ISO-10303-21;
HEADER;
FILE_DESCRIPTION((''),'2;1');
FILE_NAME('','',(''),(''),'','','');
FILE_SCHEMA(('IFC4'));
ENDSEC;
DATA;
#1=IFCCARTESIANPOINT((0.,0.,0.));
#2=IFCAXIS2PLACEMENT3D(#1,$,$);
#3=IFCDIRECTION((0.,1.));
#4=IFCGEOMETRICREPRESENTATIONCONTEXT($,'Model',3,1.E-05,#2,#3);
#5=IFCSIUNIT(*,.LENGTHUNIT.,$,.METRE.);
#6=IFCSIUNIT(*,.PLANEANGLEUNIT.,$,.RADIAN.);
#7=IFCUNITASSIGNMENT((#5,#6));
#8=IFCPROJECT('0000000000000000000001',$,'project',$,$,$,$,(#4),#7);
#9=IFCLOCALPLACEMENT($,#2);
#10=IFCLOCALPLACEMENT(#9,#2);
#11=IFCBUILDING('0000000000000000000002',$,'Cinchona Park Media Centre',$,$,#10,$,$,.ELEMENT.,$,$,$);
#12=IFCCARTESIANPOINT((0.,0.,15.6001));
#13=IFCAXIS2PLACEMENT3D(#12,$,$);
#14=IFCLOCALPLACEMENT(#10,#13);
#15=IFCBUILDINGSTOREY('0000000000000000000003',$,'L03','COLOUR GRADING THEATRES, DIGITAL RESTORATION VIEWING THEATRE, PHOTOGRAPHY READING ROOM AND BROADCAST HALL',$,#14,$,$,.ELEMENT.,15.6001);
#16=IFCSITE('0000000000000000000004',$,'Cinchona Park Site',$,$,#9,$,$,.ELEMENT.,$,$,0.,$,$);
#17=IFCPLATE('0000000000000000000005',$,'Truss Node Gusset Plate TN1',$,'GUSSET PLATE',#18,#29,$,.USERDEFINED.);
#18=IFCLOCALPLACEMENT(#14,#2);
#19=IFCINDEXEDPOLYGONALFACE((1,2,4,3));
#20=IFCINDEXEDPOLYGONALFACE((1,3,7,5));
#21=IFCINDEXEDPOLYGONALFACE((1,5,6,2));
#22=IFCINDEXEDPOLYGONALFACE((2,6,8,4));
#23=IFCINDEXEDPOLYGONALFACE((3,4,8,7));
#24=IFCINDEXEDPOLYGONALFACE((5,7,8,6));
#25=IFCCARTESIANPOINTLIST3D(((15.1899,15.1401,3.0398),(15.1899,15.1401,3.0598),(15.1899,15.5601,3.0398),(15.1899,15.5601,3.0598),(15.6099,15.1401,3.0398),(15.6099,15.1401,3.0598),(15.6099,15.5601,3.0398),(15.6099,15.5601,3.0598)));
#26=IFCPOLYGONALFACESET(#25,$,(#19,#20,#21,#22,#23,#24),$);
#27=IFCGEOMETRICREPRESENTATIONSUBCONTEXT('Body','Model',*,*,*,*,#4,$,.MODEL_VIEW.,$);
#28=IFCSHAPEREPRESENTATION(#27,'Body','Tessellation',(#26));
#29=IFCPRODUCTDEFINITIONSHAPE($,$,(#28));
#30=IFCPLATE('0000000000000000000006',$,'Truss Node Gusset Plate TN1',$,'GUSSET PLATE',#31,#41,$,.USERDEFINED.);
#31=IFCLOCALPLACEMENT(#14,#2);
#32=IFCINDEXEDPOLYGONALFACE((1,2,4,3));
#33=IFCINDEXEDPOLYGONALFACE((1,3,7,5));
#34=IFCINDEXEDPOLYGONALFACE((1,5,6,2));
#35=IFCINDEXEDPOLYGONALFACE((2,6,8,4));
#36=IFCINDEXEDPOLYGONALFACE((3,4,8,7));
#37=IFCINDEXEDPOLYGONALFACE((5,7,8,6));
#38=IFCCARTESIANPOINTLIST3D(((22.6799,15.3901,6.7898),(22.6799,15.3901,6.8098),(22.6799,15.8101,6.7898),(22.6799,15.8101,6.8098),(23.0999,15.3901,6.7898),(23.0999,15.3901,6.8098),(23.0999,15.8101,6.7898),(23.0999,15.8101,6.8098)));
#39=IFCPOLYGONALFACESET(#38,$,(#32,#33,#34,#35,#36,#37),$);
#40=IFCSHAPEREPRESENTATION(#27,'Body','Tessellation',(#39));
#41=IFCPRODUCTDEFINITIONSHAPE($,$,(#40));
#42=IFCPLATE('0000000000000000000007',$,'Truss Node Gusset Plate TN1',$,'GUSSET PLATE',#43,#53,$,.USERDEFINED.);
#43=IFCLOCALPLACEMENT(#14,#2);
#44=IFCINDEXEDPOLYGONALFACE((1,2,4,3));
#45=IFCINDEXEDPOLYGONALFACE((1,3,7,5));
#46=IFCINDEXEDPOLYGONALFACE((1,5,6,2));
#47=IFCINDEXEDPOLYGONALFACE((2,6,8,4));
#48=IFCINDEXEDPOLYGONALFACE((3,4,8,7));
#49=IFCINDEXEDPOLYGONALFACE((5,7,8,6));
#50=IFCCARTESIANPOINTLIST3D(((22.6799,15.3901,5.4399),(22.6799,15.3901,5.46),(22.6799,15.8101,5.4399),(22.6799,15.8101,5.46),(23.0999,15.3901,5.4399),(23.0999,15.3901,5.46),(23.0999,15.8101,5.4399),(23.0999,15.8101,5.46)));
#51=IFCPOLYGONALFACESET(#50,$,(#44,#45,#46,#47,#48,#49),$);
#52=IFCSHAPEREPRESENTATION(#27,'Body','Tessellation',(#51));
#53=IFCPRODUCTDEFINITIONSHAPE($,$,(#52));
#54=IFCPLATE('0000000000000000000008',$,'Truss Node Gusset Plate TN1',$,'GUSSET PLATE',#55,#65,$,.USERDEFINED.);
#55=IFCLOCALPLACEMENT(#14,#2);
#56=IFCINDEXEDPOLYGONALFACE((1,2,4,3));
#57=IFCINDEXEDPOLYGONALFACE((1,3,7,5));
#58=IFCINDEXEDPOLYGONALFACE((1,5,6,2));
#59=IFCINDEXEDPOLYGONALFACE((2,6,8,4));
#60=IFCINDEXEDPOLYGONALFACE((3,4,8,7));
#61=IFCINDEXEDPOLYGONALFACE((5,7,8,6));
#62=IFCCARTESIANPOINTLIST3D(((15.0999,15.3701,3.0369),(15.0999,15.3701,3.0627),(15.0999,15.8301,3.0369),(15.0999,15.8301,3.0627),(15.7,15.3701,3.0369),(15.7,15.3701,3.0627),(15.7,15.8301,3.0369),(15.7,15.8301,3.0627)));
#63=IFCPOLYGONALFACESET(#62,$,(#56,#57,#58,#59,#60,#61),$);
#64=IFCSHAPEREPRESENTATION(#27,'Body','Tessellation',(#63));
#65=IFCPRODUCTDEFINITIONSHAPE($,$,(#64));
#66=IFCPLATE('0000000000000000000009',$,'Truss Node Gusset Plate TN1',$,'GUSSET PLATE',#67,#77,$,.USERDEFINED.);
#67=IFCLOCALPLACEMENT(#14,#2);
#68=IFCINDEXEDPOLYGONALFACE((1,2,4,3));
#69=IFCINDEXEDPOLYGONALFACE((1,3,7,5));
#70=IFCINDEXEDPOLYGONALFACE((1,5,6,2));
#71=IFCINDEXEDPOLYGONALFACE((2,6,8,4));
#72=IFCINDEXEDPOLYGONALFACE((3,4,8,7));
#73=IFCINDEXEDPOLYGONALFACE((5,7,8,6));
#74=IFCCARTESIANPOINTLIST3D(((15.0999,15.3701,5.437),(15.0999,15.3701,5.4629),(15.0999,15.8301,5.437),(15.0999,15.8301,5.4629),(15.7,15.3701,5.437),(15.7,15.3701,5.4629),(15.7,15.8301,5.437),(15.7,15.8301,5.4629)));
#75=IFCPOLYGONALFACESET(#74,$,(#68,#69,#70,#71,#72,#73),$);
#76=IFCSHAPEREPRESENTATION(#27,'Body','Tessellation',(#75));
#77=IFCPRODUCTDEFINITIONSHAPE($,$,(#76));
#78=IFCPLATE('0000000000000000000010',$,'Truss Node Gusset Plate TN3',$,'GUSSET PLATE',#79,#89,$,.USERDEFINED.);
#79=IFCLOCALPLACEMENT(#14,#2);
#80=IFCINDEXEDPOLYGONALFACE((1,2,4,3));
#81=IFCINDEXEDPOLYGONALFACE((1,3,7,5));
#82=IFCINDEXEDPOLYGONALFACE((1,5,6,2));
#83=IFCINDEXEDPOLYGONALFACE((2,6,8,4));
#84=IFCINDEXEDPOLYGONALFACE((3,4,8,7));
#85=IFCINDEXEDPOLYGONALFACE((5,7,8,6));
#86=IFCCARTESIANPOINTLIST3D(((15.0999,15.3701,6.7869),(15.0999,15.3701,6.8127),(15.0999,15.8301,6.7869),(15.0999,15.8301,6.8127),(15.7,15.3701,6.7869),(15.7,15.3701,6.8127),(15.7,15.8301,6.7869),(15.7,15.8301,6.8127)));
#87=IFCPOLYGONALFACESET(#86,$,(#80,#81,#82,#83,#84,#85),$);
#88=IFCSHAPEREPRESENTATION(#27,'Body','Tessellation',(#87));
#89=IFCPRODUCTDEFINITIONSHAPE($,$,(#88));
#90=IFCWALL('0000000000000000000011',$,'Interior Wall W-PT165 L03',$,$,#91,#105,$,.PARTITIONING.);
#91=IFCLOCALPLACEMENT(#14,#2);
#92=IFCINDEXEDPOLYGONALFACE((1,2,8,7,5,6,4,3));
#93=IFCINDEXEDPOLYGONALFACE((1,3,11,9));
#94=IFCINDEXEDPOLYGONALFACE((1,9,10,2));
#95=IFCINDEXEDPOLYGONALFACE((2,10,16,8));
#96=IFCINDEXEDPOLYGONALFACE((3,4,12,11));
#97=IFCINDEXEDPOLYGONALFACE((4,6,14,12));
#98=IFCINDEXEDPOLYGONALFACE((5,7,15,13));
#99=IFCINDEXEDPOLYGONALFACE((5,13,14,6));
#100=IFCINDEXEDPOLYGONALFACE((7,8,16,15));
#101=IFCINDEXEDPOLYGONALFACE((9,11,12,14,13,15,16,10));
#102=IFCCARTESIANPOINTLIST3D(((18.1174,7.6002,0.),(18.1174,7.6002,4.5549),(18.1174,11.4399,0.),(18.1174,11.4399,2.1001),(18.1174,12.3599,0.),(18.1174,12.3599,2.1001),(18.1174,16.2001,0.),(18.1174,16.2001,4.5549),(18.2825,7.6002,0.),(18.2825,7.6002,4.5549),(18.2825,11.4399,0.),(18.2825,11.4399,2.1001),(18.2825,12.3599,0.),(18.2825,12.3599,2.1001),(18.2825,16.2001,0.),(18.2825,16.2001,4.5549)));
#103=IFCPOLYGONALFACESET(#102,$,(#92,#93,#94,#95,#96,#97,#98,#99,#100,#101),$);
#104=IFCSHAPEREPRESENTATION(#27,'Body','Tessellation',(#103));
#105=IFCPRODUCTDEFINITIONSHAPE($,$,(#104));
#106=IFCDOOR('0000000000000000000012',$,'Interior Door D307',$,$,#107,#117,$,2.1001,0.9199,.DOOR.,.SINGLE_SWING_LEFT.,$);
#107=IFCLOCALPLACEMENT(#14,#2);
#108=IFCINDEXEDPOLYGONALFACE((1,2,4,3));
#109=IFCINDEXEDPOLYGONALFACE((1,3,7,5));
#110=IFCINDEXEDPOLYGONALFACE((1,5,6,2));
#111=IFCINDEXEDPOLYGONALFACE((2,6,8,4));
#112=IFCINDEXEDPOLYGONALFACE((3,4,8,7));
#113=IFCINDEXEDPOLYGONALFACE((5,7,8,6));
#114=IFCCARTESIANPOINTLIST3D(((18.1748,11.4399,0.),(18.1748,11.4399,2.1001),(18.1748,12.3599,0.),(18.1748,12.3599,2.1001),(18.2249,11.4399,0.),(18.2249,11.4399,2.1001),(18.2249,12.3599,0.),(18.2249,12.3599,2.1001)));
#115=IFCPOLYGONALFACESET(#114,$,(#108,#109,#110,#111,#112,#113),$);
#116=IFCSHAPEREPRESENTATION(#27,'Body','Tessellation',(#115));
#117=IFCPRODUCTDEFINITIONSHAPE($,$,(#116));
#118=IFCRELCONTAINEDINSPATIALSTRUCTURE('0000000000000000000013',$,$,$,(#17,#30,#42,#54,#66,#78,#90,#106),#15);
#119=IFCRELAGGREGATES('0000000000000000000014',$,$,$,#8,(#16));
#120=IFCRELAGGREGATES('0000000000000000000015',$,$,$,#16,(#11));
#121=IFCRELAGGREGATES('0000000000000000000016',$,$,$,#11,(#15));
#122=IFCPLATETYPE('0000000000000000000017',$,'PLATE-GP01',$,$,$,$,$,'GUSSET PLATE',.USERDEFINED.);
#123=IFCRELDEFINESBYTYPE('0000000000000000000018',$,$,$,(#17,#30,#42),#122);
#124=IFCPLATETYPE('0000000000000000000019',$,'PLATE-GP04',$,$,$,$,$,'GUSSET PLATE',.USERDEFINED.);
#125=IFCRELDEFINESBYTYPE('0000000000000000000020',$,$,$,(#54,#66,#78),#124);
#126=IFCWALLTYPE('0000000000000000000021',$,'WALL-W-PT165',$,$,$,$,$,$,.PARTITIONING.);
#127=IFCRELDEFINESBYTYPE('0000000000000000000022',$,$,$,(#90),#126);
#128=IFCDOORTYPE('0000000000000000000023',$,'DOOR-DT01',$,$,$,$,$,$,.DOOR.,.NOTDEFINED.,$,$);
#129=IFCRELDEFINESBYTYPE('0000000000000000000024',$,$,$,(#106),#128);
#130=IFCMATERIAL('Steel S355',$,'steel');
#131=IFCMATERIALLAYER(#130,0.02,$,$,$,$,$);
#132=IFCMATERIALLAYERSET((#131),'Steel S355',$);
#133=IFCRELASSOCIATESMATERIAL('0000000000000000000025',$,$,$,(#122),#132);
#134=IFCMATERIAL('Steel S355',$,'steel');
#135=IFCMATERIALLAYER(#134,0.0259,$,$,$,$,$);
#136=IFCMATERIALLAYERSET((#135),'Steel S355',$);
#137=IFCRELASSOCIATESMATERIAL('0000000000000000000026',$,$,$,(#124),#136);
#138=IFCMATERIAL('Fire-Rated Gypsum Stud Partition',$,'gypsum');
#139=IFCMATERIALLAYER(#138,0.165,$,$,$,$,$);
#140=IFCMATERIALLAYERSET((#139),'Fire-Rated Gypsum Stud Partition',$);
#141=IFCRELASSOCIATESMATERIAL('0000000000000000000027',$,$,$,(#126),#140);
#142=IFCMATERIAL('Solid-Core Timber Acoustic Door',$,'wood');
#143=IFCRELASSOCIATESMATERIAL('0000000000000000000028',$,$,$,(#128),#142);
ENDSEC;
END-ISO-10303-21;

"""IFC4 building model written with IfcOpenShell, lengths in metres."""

from ifc_helpers import new_model, si_unit, direction, frame, frame_2d, origin, origin_2d, place, context, subcontext, project, spatial, rectangle, extrude, material, layer, layer_set, type_object, element, fill, save


model = new_model("IFC4")

# Units and contexts
model_context = context("Model", 3, precision=1e-05, world=origin(), true_north=direction((0.0, 1.0)))
body_context = subcontext(model_context, "Body", "Model", "MODEL_VIEW")
ifc_project = project(units=[si_unit("LENGTHUNIT", "METRE"), si_unit("PLANEANGLEUNIT", "RADIAN")], contexts=[model_context])

# Site, building, storey
site_placement = place(None, origin())
site = spatial("IfcSite", under=ifc_project, at=site_placement, Name="Cinchona Park Site", CompositionType="ELEMENT", RefElevation=0.0)
building_placement = place(site_placement, origin())
building = spatial("IfcBuilding", under=site, at=building_placement, Name="Cinchona Park Media Centre", CompositionType="ELEMENT")
storey_placement = place(building_placement, frame((0.0, 0.0, 15.6001)))
storey = spatial("IfcBuildingStorey", under=building, at=storey_placement, Name="L03", Description="COLOUR GRADING THEATRES, DIGITAL RESTORATION VIEWING THEATRE, PHOTOGRAPHY READING ROOM AND BROADCAST HALL", CompositionType="ELEMENT", Elevation=15.6001)

# Plates
ifc_material_1 = material(Name="Steel S355", Category="steel")
ifc_layer_1 = layer(ifc_material_1, 0.02)
ifc_layer_set_1 = layer_set([ifc_layer_1], Name="Steel S355")
plate_type_1 = type_object("IfcPlateType", Name="PLATE-GP01", ElementType="GUSSET PLATE", PredefinedType="USERDEFINED", material=ifc_layer_set_1)
for number, where, z_axis, x_axis, name in (
    (1, (15.3999, 15.3501, 3.0398), (0.0, 0.0, 1.0), (1.0, 0.0, 0.0), "Truss Node Gusset Plate TN1"),
    (2, (22.8899, 15.6001, 6.7898), (0.0, 0.0, 1.0), (1.0, 0.0, 0.0), "Truss Node Gusset Plate TN1"),
    (3, (22.8899, 15.6001, 5.4399), (0.0, 0.0, 1.0), (1.0, 0.0, 0.0), "Truss Node Gusset Plate TN1"),
):
    element("IfcPlate", number, at=place(storey_placement, frame(where, z_axis=z_axis, x_axis=x_axis)), inside=storey, type_object=plate_type_1, Name=name, ObjectType="GUSSET PLATE", PredefinedType="USERDEFINED", context=body_context, shape_type="SweptSolid", body=[
        extrude(rectangle(XDim=0.4199, YDim=0.4199, at=origin_2d()), origin(), (0.0, 0.0, 1.0), 0.02),
    ])
ifc_material_2 = material(Name="Steel S355", Category="steel")
ifc_layer_2 = layer(ifc_material_2, 0.0259)
ifc_layer_set_2 = layer_set([ifc_layer_2], Name="Steel S355")
plate_type_2 = type_object("IfcPlateType", Name="PLATE-GP04", ElementType="GUSSET PLATE", PredefinedType="USERDEFINED", material=ifc_layer_set_2)
for number, where, z_axis, x_axis, name in (
    (4, (15.3999, 15.6001, 3.0369), (0.0, 0.0, 1.0), (1.0, 0.0, 0.0), "Truss Node Gusset Plate TN1"),
    (5, (15.3999, 15.6001, 5.437), (0.0, 0.0, 1.0), (1.0, 0.0, 0.0), "Truss Node Gusset Plate TN1"),
    (6, (15.3999, 15.6001, 6.7869), (0.0, 0.0, 1.0), (1.0, 0.0, 0.0), "Truss Node Gusset Plate TN3"),
):
    element("IfcPlate", number, at=place(storey_placement, frame(where, z_axis=z_axis, x_axis=x_axis)), inside=storey, type_object=plate_type_2, Name=name, ObjectType="GUSSET PLATE", PredefinedType="USERDEFINED", context=body_context, shape_type="SweptSolid", body=[
        extrude(rectangle(XDim=0.6001, YDim=0.46, at=origin_2d()), origin(), (0.0, 0.0, 1.0), 0.0259),
    ])

# Wall, opening, door
ifc_material_3 = material(Name="Fire-Rated Gypsum Stud Partition", Category="gypsum")
ifc_layer_3 = layer(ifc_material_3, 0.165)
ifc_layer_set_3 = layer_set([ifc_layer_3], Name="Fire-Rated Gypsum Stud Partition")
wall_type_1 = type_object("IfcWallType", Name="WALL-W-PT165", PredefinedType="PARTITIONING", material=ifc_layer_set_3)
wall_1_placement = place(storey_placement, frame((18.2, 16.2, 0.0), z_axis=(0.0, 0.0, 1.0), x_axis=(0.0, -1.0, 0.0)))
wall_1 = element("IfcWall", 7, at=wall_1_placement, inside=storey, type_object=wall_type_1, Name="Interior Wall W-PT165 L03", PredefinedType="PARTITIONING", context=body_context, shape_type="SweptSolid", body=[
    extrude(rectangle(XDim=8.5999, YDim=0.165, at=frame_2d((4.2998, 0.0))), origin(), (0.0, 0.0, 1.0), 4.5549),
])
opening_1_placement = place(wall_1_placement, frame((3.8401, 0.0, 0.0)))
opening_1 = element("IfcOpeningElement", 8, at=opening_1_placement, cuts=wall_1, PredefinedType="OPENING", context=body_context, shape_type="SweptSolid", body=[
    extrude(rectangle(XDim=0.9199, YDim=2.1001, at=frame_2d((0.46, 1.05))), frame((0.0, 0.0925, 0.0), z_axis=(0.0, -1.0, 0.0), x_axis=(1.0, 0.0, 0.0)), (0.0, 0.0, 1.0), 0.1851),
])
ifc_material_4 = material(Name="Solid-Core Timber Acoustic Door", Category="wood")
door_type_1 = type_object("IfcDoorType", Name="DOOR-DT01", OperationType="NOTDEFINED", PredefinedType="DOOR", material=ifc_material_4)
door_1_placement = place(opening_1_placement, origin())
door_1 = element("IfcDoor", 9, at=door_1_placement, inside=storey, type_object=door_type_1, Name="Interior Door D307", OperationType="SINGLE_SWING_LEFT", OverallHeight=2.1001, OverallWidth=0.9199, PredefinedType="DOOR", context=body_context, shape_type="SweptSolid", body=[
    extrude(rectangle(XDim=0.9199, YDim=2.1001, at=frame_2d((0.46, 1.05))), frame((0.0, 0.0249, 0.0), z_axis=(0.0, -1.0, 0.0), x_axis=(1.0, 0.0, 0.0)), (0.0, 0.0, 1.0), 0.05),
])
fill(opening_1, door_1)

save(model, "model.ifc")
